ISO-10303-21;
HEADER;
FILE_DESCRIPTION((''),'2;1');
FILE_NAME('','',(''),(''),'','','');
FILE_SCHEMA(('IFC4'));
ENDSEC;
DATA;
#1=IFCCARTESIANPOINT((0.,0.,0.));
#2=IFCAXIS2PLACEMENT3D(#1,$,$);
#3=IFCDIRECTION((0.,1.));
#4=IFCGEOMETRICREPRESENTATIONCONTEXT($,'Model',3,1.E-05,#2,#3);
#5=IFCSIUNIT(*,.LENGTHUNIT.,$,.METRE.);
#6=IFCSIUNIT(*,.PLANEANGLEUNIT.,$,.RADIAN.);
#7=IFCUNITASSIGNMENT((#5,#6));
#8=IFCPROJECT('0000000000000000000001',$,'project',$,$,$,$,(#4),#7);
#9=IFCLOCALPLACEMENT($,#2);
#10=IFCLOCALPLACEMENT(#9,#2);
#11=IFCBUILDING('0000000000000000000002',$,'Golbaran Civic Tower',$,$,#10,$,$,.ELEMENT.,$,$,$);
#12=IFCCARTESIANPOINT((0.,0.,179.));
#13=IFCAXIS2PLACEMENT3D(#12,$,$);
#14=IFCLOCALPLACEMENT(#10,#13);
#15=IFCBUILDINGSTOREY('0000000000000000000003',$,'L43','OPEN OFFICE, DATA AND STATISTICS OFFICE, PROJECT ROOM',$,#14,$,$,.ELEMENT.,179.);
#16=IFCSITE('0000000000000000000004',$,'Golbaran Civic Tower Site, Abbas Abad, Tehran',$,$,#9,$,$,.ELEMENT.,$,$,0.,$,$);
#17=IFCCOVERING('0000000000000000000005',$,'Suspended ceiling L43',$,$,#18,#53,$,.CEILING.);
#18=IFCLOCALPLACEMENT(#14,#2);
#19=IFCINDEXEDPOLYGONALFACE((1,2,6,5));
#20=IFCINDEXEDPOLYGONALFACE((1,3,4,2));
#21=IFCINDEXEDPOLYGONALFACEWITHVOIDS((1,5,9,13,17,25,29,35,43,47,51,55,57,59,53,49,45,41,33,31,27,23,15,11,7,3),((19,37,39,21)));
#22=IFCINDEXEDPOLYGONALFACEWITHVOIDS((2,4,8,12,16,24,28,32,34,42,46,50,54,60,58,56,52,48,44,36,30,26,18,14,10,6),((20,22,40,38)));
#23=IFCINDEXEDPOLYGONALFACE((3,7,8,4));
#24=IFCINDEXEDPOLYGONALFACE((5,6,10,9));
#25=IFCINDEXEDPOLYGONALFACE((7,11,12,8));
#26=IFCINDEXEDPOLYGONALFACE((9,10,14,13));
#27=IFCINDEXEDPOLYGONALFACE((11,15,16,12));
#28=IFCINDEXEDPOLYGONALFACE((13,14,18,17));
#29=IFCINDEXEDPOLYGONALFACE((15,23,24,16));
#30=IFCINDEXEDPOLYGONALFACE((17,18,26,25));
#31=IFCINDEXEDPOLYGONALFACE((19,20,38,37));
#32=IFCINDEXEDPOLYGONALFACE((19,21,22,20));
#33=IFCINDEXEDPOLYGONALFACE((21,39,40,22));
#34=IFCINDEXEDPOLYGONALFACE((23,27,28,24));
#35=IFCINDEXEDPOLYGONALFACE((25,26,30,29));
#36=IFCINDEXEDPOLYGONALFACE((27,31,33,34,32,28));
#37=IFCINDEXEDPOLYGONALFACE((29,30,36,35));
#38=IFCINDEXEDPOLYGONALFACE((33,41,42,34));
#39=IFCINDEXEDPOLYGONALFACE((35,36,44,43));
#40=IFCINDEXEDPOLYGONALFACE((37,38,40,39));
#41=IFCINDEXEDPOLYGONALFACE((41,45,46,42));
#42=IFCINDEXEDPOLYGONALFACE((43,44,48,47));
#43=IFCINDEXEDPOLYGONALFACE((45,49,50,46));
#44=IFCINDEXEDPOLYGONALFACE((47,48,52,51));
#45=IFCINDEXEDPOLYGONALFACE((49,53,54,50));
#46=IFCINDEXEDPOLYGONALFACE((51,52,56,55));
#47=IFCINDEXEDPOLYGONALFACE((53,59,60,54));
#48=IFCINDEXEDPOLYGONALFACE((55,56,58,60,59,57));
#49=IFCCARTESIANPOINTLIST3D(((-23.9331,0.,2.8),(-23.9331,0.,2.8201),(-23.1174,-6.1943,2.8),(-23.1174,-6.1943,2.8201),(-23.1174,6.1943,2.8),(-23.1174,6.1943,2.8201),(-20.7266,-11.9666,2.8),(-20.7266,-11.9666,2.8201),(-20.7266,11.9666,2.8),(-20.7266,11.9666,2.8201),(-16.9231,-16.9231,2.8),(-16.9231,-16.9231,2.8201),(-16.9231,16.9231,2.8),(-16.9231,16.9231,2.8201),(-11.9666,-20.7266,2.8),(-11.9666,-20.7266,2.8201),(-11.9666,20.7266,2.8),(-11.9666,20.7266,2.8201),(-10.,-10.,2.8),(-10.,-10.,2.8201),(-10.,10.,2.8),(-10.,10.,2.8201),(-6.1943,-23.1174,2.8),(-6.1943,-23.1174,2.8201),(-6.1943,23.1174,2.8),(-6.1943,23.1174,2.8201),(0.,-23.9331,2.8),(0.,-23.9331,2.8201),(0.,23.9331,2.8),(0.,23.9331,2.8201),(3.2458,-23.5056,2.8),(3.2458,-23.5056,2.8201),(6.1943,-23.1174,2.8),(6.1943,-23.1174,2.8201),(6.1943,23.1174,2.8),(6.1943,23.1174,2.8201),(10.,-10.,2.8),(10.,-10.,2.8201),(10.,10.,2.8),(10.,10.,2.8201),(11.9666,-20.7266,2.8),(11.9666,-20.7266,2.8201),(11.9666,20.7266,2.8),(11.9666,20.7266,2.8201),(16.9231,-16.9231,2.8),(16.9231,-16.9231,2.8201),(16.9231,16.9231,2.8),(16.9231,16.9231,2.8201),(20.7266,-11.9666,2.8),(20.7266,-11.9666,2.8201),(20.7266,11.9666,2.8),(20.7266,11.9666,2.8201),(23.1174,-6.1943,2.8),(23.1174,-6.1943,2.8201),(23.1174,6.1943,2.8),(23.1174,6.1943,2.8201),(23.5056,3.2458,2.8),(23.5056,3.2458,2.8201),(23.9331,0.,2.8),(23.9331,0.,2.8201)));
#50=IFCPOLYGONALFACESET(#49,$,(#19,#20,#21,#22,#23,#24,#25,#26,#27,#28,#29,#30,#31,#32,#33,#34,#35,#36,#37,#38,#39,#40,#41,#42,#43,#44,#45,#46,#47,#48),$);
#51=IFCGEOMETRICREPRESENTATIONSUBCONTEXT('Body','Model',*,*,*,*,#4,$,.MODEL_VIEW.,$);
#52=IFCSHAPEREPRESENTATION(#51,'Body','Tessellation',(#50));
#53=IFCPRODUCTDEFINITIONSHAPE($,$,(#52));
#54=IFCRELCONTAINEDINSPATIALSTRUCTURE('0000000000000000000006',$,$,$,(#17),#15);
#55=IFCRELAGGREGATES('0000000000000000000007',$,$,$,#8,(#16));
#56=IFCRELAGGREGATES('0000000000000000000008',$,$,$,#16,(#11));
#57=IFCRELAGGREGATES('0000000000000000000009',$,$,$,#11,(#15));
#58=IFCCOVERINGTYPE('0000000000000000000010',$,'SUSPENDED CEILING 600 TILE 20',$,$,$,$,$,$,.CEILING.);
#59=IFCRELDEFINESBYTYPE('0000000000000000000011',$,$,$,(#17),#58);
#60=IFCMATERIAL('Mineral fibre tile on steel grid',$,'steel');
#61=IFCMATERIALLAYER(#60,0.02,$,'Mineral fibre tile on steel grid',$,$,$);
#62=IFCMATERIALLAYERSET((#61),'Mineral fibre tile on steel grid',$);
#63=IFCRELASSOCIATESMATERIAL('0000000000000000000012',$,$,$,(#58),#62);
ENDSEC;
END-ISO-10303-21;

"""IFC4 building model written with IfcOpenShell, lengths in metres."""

from ifc_helpers import new_model, si_unit, direction, frame, origin, place, context, subcontext, project, spatial, polyline, outline, extrude, material, layer, layer_set, type_object, element, save


model = new_model("IFC4")

# Units and contexts
model_context = context("Model", 3, precision=1e-05, world=origin(), true_north=direction((0.0, 1.0)))
body_context = subcontext(model_context, "Body", "Model", "MODEL_VIEW")
ifc_project = project(units=[si_unit("LENGTHUNIT", "METRE"), si_unit("PLANEANGLEUNIT", "RADIAN")], contexts=[model_context])

# Site, building, storey
site_placement = place(None, origin())
site = spatial("IfcSite", under=ifc_project, at=site_placement, Name="Golbaran Civic Tower Site, Abbas Abad, Tehran", CompositionType="ELEMENT", RefElevation=0.0)
building_placement = place(site_placement, origin())
building = spatial("IfcBuilding", under=site, at=building_placement, Name="Golbaran Civic Tower", CompositionType="ELEMENT")
storey_placement = place(building_placement, frame((0.0, 0.0, 179.0)))
storey = spatial("IfcBuildingStorey", under=building, at=storey_placement, Name="L43", Description="OPEN OFFICE, DATA AND STATISTICS OFFICE, PROJECT ROOM", CompositionType="ELEMENT", Elevation=179.0)

# Covering
ifc_material_1 = material(Name="Mineral fibre tile on steel grid", Category="steel")
ifc_layer_1 = layer(ifc_material_1, 0.02, Name="Mineral fibre tile on steel grid")
ifc_layer_set_1 = layer_set([ifc_layer_1], Name="Mineral fibre tile on steel grid")
covering_type = type_object("IfcCoveringType", Name="SUSPENDED CEILING 600 TILE 20", PredefinedType="CEILING", material=ifc_layer_set_1)
covering_placement = place(storey_placement, frame((0.0, 0.0, 2.8)))
element("IfcCovering", 1, at=covering_placement, inside=storey, type_object=covering_type, Name="Suspended ceiling L43", PredefinedType="CEILING", context=body_context, shape_type="SweptSolid", body=[
    extrude(outline(polyline([(-23.1174, -6.1943), (-23.9331, 0.0), (-23.1174, 6.1943), (-20.7266, 11.9666), (-16.9231, 16.9231), (-11.9666, 20.7266), (-6.1943, 23.1174), (0.0, 23.9331), (6.1943, 23.1174), (11.9666, 20.7266), (16.9231, 16.9231), (20.7266, 11.9666), (23.1174, 6.1943), (23.5056, 3.2458), (23.9331, 0.0), (23.1174, -6.1943), (20.7266, -11.9666), (16.9231, -16.9231), (11.9666, -20.7266), (6.1943, -23.1174), (3.2458, -23.5056), (0.0, -23.9331), (-6.1943, -23.1174), (-11.9666, -20.7266), (-16.9231, -16.9231), (-20.7266, -11.9666), (-23.1174, -6.1943)]), holes=[polyline([(-10.0, 10.0), (-10.0, -10.0), (10.0, -10.0), (10.0, 10.0), (-10.0, 10.0)])]), origin(), (0.0, 0.0, 1.0), 0.02),
])

save(model, "model.ifc")
